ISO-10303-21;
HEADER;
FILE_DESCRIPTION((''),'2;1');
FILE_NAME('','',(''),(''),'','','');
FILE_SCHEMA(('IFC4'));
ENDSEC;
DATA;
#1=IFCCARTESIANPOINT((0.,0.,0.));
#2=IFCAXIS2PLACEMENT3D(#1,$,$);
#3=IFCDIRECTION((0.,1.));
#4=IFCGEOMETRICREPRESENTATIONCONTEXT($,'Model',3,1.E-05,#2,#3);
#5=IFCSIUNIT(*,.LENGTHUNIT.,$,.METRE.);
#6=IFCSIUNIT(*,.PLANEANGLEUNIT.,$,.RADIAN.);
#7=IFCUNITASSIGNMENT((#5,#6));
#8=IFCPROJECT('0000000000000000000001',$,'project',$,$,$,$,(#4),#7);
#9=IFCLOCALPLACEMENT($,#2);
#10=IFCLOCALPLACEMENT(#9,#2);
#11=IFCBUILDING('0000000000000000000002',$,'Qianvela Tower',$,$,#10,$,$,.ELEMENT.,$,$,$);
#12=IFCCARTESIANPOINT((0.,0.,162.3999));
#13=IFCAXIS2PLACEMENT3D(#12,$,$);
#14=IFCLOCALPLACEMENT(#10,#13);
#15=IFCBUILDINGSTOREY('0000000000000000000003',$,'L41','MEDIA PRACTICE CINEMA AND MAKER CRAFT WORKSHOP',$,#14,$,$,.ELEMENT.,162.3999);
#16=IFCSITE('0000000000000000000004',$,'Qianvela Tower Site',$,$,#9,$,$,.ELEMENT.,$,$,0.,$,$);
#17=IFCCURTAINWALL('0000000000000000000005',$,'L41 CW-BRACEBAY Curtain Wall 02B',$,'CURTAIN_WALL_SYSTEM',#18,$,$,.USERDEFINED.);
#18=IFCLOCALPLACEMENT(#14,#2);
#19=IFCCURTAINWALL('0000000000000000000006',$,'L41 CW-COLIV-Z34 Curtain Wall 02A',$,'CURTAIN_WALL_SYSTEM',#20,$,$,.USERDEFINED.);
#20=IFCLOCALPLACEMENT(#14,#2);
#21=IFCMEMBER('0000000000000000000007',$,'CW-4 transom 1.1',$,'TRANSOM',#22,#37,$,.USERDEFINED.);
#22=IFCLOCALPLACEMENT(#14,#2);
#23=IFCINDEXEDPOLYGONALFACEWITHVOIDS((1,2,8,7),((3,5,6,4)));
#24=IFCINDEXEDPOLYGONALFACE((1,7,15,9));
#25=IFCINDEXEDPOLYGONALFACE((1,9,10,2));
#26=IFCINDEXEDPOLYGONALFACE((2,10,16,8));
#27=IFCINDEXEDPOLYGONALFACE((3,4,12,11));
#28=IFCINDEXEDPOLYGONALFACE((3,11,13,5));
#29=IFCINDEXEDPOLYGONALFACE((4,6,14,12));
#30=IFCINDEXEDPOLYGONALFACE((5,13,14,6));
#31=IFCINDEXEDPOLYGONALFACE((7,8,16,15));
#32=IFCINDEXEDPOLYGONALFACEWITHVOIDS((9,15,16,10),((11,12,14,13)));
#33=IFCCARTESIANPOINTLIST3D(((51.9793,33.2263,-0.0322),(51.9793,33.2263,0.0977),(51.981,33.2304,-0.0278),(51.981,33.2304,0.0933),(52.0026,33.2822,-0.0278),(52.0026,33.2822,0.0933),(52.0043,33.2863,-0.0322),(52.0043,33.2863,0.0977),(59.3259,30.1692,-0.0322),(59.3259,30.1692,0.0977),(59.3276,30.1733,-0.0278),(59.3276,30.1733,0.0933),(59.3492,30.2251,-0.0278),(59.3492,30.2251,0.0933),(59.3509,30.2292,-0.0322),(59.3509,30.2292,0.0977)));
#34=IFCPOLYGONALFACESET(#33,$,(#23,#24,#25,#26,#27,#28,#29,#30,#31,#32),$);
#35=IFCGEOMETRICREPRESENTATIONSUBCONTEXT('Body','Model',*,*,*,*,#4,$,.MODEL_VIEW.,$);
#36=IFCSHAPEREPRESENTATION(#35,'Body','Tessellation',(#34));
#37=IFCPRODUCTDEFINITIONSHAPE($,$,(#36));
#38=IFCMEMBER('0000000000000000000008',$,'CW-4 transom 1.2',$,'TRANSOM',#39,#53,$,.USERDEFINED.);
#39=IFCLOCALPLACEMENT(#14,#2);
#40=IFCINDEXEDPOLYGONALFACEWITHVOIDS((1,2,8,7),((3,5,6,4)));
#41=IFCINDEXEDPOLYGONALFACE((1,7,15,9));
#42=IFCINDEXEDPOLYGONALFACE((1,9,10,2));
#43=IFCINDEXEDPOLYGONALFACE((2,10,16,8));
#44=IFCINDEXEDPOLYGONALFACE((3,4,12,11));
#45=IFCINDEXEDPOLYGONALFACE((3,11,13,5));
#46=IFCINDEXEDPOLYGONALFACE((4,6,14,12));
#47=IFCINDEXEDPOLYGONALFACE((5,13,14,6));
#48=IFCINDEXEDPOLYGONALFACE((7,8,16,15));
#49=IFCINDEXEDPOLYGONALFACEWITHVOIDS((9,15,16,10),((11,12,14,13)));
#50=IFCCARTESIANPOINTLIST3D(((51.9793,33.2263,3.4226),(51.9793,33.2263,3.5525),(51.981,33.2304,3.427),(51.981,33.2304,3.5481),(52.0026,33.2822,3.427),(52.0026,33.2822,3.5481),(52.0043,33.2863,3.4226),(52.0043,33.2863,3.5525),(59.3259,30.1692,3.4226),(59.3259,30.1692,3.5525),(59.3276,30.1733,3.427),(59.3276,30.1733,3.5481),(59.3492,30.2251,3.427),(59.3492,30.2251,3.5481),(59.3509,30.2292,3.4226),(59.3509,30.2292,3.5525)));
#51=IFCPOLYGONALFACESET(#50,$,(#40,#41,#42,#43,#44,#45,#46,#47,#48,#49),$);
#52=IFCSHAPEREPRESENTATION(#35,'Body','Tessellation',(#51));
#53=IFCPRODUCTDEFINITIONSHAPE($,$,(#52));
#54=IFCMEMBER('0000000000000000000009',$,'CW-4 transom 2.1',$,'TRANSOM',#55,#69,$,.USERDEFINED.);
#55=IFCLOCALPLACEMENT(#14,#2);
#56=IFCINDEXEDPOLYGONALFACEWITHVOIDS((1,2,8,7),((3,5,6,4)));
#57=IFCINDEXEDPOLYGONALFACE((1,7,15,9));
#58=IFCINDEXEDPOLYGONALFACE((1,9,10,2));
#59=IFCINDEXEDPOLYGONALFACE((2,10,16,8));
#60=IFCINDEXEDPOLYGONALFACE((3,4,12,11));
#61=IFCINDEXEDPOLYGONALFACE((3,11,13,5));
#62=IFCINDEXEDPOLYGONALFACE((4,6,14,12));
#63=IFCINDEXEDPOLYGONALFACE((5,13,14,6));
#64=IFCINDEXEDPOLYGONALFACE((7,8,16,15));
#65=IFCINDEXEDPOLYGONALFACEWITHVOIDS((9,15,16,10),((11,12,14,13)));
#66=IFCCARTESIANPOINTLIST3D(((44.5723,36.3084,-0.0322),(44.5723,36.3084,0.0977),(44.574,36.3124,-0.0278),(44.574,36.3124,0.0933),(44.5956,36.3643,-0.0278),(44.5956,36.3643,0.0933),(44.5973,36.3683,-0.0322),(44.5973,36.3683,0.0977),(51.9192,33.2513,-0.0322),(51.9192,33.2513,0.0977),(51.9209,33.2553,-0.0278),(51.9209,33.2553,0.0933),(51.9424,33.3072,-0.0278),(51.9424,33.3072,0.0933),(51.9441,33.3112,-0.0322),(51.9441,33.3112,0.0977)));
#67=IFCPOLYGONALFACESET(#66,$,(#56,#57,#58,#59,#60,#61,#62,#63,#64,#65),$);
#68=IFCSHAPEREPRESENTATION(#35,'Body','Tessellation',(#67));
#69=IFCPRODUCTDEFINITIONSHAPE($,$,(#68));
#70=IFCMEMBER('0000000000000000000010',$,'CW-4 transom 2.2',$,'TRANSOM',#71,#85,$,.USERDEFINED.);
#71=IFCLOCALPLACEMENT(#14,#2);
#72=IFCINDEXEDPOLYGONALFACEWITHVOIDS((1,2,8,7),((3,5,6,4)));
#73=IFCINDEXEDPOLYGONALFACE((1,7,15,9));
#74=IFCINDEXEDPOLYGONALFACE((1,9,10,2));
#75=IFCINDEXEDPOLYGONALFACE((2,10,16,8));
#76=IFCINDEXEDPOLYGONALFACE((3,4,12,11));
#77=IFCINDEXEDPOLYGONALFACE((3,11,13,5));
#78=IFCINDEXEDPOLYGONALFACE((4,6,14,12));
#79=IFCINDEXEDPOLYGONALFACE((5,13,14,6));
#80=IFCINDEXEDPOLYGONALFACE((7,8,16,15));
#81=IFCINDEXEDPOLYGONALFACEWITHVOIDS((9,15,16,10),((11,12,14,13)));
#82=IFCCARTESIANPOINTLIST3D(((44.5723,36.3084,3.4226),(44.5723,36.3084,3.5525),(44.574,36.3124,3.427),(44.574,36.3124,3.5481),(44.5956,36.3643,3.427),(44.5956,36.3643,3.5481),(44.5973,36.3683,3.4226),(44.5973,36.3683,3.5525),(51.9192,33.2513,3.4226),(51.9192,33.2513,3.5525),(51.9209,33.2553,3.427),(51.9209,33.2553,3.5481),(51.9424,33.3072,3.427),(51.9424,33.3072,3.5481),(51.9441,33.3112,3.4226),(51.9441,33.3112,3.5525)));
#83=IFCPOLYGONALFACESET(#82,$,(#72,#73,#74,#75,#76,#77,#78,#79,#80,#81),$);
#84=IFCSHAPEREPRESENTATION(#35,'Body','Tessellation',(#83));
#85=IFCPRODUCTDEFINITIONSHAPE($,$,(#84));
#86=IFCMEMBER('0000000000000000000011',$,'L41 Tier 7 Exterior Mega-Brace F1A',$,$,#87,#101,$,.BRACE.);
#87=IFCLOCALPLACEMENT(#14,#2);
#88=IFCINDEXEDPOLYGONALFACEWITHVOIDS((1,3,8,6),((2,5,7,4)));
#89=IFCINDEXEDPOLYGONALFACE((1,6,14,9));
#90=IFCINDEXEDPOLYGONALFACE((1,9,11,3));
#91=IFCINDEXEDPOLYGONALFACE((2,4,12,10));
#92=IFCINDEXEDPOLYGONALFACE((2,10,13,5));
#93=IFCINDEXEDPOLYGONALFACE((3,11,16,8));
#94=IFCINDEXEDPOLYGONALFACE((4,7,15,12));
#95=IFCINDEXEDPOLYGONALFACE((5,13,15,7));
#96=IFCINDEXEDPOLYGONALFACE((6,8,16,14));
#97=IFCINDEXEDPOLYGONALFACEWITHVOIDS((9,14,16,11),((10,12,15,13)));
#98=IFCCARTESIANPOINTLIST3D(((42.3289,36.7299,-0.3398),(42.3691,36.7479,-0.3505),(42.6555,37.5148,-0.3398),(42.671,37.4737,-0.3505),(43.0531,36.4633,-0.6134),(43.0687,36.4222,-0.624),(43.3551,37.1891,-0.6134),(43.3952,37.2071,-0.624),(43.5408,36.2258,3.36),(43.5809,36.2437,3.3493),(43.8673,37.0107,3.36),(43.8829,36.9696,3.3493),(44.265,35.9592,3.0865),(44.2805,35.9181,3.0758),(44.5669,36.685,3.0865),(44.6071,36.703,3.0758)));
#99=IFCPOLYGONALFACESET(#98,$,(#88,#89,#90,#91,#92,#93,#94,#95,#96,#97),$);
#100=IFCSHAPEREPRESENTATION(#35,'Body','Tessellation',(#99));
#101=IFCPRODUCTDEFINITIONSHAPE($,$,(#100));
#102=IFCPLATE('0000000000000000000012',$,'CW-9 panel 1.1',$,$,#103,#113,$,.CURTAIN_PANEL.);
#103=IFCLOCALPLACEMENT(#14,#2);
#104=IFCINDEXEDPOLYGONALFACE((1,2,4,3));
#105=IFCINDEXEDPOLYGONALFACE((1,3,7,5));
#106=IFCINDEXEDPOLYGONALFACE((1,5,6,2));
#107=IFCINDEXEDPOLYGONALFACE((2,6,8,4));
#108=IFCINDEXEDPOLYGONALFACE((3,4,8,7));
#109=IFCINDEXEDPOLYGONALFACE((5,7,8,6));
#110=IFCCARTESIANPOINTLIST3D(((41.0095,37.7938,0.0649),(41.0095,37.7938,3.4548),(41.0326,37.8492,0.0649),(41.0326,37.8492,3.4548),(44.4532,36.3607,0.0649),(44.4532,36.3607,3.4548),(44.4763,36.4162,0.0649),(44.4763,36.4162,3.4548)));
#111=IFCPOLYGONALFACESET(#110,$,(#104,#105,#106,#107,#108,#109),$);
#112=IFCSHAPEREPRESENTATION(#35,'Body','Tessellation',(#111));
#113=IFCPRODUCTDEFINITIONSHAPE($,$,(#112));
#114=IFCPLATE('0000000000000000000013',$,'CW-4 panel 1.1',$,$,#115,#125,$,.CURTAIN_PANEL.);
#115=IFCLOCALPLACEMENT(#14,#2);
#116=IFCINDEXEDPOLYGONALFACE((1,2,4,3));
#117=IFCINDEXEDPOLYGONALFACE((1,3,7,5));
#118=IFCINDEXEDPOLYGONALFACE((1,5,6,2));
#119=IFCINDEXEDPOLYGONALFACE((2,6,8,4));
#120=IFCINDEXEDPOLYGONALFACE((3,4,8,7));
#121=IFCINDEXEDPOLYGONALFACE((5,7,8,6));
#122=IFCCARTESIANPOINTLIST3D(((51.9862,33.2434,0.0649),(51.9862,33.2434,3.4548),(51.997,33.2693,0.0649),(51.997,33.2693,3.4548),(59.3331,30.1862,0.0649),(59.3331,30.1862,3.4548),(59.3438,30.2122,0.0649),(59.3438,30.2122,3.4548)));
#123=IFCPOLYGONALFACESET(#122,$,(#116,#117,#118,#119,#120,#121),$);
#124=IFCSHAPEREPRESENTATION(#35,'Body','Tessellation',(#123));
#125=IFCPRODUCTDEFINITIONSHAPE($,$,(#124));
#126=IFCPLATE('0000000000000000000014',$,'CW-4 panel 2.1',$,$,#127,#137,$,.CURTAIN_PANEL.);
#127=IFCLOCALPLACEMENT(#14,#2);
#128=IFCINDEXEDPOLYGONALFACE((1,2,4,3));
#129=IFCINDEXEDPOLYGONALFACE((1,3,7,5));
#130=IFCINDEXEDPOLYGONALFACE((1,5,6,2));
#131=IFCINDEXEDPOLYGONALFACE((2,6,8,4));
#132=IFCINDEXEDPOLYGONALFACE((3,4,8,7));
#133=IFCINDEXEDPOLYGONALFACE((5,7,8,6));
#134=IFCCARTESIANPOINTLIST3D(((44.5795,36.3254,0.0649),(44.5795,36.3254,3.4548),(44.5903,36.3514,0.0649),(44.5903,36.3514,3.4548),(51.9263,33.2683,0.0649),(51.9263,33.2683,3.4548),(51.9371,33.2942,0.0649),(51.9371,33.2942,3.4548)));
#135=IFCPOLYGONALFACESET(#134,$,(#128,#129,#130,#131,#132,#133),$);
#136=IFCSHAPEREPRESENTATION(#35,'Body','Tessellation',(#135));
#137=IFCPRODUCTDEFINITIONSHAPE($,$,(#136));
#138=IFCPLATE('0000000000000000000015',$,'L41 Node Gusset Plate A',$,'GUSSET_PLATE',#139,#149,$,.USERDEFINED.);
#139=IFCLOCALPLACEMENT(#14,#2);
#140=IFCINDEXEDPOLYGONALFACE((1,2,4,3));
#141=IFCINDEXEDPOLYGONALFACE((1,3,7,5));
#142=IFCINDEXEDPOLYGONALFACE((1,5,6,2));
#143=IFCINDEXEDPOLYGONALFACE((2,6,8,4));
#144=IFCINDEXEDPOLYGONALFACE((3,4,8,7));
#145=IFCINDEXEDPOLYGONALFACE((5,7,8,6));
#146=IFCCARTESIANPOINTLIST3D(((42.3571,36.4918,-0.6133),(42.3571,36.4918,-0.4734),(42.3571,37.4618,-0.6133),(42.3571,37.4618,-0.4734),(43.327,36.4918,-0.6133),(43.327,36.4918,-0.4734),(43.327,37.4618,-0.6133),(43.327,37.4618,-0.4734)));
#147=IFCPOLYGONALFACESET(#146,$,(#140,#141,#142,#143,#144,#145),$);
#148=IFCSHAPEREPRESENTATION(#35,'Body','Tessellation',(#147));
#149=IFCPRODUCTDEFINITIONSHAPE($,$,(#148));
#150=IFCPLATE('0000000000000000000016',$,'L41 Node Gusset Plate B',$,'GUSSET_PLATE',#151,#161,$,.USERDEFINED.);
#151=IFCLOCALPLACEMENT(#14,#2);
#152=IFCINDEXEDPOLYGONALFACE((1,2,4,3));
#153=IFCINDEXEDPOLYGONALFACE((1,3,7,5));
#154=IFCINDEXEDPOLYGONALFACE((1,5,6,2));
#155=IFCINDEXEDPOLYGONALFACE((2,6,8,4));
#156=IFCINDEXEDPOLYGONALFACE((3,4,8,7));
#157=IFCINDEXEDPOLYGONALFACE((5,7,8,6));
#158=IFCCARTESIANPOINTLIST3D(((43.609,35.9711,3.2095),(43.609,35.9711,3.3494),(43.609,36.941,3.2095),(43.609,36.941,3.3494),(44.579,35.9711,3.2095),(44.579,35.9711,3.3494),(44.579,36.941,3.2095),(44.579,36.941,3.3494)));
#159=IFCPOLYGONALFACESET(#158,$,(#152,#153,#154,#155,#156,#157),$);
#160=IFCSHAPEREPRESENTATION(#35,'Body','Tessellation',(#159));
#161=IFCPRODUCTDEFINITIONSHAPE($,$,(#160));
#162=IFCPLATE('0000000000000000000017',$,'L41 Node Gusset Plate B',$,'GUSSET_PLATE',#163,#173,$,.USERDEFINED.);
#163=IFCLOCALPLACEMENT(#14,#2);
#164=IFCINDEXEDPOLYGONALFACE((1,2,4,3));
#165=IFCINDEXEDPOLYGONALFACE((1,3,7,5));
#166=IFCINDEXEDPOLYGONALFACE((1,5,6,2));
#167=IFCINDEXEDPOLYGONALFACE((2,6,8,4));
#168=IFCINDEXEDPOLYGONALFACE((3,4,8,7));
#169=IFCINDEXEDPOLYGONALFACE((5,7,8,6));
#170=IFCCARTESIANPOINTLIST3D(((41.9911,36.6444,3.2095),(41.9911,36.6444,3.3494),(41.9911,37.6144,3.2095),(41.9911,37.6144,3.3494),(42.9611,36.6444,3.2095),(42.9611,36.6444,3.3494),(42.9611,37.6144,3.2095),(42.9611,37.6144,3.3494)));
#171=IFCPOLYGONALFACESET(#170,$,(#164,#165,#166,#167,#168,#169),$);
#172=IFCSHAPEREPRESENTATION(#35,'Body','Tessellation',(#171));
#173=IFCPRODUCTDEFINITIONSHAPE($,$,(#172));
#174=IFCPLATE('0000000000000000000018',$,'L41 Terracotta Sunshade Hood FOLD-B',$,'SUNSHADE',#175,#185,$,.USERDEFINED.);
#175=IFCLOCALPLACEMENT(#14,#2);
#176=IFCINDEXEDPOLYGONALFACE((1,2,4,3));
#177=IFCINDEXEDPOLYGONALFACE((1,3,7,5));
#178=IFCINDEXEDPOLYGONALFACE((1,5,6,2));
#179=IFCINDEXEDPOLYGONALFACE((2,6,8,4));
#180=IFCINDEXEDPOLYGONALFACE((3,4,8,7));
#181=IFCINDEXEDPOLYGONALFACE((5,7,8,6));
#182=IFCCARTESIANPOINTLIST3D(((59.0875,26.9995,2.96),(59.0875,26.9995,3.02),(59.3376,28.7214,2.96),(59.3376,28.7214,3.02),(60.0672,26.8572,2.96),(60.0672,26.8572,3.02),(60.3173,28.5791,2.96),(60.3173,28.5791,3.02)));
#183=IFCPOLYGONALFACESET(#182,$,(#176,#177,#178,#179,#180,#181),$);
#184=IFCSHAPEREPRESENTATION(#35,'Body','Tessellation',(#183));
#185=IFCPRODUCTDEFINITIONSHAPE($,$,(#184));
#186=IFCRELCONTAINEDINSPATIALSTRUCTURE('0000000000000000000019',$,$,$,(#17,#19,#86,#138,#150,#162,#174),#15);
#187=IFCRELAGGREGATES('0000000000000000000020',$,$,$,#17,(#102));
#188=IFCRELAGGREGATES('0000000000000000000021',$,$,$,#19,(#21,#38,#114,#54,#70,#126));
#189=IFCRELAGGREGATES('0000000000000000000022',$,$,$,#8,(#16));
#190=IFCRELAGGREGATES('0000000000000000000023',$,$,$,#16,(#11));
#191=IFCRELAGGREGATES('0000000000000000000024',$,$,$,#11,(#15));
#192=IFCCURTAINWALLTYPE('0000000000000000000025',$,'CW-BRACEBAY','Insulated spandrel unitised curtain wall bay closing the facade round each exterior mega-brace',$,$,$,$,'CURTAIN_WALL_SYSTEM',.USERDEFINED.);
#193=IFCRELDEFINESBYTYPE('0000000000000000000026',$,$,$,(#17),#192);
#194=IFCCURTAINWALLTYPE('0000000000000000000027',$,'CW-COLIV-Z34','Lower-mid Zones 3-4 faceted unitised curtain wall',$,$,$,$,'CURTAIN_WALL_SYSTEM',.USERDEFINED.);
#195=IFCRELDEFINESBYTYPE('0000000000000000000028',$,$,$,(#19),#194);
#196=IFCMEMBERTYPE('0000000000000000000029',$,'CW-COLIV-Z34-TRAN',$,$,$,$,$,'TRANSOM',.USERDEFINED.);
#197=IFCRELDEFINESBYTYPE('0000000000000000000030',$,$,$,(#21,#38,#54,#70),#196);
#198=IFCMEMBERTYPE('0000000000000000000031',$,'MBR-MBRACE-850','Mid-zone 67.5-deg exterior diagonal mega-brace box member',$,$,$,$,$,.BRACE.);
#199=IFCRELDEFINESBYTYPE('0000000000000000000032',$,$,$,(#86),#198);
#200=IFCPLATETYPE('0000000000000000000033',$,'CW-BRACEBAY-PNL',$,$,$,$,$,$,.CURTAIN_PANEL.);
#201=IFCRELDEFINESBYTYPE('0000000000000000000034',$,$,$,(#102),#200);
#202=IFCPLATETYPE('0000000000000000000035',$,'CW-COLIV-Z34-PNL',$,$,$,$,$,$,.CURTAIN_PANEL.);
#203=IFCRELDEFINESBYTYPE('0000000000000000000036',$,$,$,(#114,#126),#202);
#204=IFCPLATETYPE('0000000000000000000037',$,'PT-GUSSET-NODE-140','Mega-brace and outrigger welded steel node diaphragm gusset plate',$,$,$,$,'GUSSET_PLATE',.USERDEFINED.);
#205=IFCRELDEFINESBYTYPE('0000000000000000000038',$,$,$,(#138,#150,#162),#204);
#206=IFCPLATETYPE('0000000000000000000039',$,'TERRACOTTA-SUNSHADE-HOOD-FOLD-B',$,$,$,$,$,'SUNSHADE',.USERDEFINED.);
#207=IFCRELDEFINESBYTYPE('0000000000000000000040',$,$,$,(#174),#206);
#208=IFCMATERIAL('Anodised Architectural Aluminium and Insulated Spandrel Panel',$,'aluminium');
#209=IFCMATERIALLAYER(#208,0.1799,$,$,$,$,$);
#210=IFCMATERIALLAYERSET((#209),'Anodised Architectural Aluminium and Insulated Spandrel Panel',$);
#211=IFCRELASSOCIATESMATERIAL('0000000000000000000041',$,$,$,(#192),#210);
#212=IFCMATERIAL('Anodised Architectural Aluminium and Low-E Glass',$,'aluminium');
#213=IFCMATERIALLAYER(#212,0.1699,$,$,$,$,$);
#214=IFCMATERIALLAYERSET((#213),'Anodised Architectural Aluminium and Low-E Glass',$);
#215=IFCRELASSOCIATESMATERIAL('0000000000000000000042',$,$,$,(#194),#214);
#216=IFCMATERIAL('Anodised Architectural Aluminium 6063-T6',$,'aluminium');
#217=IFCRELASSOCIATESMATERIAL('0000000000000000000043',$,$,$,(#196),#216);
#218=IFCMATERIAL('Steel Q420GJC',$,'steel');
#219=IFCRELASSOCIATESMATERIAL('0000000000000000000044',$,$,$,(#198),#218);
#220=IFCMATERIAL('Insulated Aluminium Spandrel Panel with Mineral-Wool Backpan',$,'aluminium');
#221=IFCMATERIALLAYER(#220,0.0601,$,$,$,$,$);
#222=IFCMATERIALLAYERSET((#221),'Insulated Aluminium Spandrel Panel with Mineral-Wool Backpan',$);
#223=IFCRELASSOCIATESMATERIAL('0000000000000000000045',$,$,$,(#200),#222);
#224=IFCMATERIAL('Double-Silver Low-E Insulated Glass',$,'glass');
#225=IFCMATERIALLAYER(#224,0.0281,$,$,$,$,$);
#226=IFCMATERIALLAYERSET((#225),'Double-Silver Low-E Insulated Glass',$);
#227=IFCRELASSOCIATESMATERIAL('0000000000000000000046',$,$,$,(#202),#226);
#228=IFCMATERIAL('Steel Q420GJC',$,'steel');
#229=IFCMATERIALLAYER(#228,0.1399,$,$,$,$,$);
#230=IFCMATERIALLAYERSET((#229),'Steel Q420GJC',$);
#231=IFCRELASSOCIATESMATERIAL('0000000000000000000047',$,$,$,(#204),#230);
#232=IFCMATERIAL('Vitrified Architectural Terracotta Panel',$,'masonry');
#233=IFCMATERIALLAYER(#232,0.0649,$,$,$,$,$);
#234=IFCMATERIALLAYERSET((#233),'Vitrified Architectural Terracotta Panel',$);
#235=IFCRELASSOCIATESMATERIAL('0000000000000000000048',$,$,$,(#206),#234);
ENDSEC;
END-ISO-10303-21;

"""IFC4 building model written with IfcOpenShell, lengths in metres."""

from ifc_helpers import new_model, si_unit, direction, frame, origin, origin_2d, place, context, subcontext, project, spatial, rectangle, hollow_rectangle, extrude, material, layer, layer_set, material_profile, profile_set, type_object, element, aggregate, save


model = new_model("IFC4")

# Units and contexts
model_context = context("Model", 3, precision=1e-05, world=origin(), true_north=direction((0.0, 1.0)))
body_context = subcontext(model_context, "Body", "Model", "MODEL_VIEW")
ifc_project = project(units=[si_unit("LENGTHUNIT", "METRE"), si_unit("PLANEANGLEUNIT", "RADIAN")], contexts=[model_context])

# Site, building, storey
site_placement = place(None, origin())
site = spatial("IfcSite", under=ifc_project, at=site_placement, Name="Qianvela Tower Site", CompositionType="ELEMENT", RefElevation=0.0)
building_placement = place(site_placement, origin())
building = spatial("IfcBuilding", under=site, at=building_placement, Name="Qianvela Tower", CompositionType="ELEMENT")
storey_placement = place(building_placement, frame((0.0, 0.0, 162.3999)))
storey = spatial("IfcBuildingStorey", under=building, at=storey_placement, Name="L41", Description="MEDIA PRACTICE CINEMA AND MAKER CRAFT WORKSHOP", CompositionType="ELEMENT", Elevation=162.3999)

# Curtain walls, members
ifc_material_1 = material(Name="Anodised Architectural Aluminium and Insulated Spandrel Panel", Category="aluminium")
ifc_layer_1 = layer(ifc_material_1, 0.1799)
ifc_layer_set_1 = layer_set([ifc_layer_1], Name="Anodised Architectural Aluminium and Insulated Spandrel Panel")
curtain_wall_type_1 = type_object("IfcCurtainWallType", Name="CW-BRACEBAY", Description="Insulated spandrel unitised curtain wall bay closing the facade round each exterior mega-brace", ElementType="CURTAIN_WALL_SYSTEM", PredefinedType="USERDEFINED", material=ifc_layer_set_1)
curtain_wall_1_placement = place(storey_placement, origin())
curtain_wall_1 = element("IfcCurtainWall", 1, at=curtain_wall_1_placement, inside=storey, type_object=curtain_wall_type_1, Name="L41 CW-BRACEBAY Curtain Wall 02B", ObjectType="CURTAIN_WALL_SYSTEM", PredefinedType="USERDEFINED")
ifc_material_2 = material(Name="Anodised Architectural Aluminium and Low-E Glass", Category="aluminium")
ifc_layer_2 = layer(ifc_material_2, 0.1699)
ifc_layer_set_2 = layer_set([ifc_layer_2], Name="Anodised Architectural Aluminium and Low-E Glass")
curtain_wall_type_2 = type_object("IfcCurtainWallType", Name="CW-COLIV-Z34", Description="Lower-mid Zones 3-4 faceted unitised curtain wall", ElementType="CURTAIN_WALL_SYSTEM", PredefinedType="USERDEFINED", material=ifc_layer_set_2)
curtain_wall_2_placement = place(storey_placement, origin())
curtain_wall_2 = element("IfcCurtainWall", 2, at=curtain_wall_2_placement, inside=storey, type_object=curtain_wall_type_2, Name="L41 CW-COLIV-Z34 Curtain Wall 02A", ObjectType="CURTAIN_WALL_SYSTEM", PredefinedType="USERDEFINED")
ifc_material_3 = material(Name="Anodised Architectural Aluminium 6063-T6", Category="aluminium")
ifc_material_profile_1 = material_profile(ifc_material_3, hollow_rectangle(XDim=0.0649, YDim=0.1299, WallThickness=0.0044, at=origin_2d()), Name="ALU-TRAN-65x130")
ifc_profile_set_1 = profile_set([ifc_material_profile_1], Name="Anodised Architectural Aluminium 6063-T6")
member_type_1 = type_object("IfcMemberType", Name="CW-COLIV-Z34-TRAN", ElementType="TRANSOM", PredefinedType="USERDEFINED", material=ifc_profile_set_1)
member_1_placement = place(storey_placement, frame((59.3384, 30.1992, 0.0327), z_axis=(-0.923255, 0.384188, 0.0), x_axis=(-0.384188, -0.923255, 0.0)))
member_1 = element("IfcMember", 3, at=member_1_placement, type_object=member_type_1, Name="CW-4 transom 1.1", ObjectType="TRANSOM", PredefinedType="USERDEFINED", context=body_context, shape_type="SweptSolid", body=[
    extrude(hollow_rectangle(XDim=0.0649, YDim=0.1299, WallThickness=0.0044, at=origin_2d()), origin(), (0.0, 0.0, 1.0), 7.9573),
])
member_2_placement = place(storey_placement, frame((59.3384, 30.1992, 3.4875), z_axis=(-0.923255, 0.384188, 0.0), x_axis=(-0.384188, -0.923255, 0.0)))
member_2 = element("IfcMember", 4, at=member_2_placement, type_object=member_type_1, Name="CW-4 transom 1.2", ObjectType="TRANSOM", PredefinedType="USERDEFINED", context=body_context, shape_type="SweptSolid", body=[
    extrude(hollow_rectangle(XDim=0.0649, YDim=0.1299, WallThickness=0.0044, at=origin_2d()), origin(), (0.0, 0.0, 1.0), 7.9573),
])
member_3_placement = place(storey_placement, frame((51.9316, 33.2812, 0.0327), z_axis=(-0.923259, 0.384177, 0.0), x_axis=(-0.384177, -0.923259, 0.0)))
member_3 = element("IfcMember", 5, at=member_3_placement, type_object=member_type_1, Name="CW-4 transom 2.1", ObjectType="TRANSOM", PredefinedType="USERDEFINED", context=body_context, shape_type="SweptSolid", body=[
    extrude(hollow_rectangle(XDim=0.0649, YDim=0.1299, WallThickness=0.0044, at=origin_2d()), origin(), (0.0, 0.0, 1.0), 7.9575),
])
member_4_placement = place(storey_placement, frame((51.9316, 33.2812, 3.4875), z_axis=(-0.923259, 0.384177, 0.0), x_axis=(-0.384177, -0.923259, 0.0)))
member_4 = element("IfcMember", 6, at=member_4_placement, type_object=member_type_1, Name="CW-4 transom 2.2", ObjectType="TRANSOM", PredefinedType="USERDEFINED", context=body_context, shape_type="SweptSolid", body=[
    extrude(hollow_rectangle(XDim=0.0649, YDim=0.1299, WallThickness=0.0044, at=origin_2d()), origin(), (0.0, 0.0, 1.0), 7.9575),
])

# Member
ifc_material_4 = material(Name="Steel Q420GJC", Category="steel")
ifc_material_profile_2 = material_profile(ifc_material_4, hollow_rectangle(XDim=0.8501, YDim=0.8501, WallThickness=0.032, at=origin_2d()), Name="MBOX-850x850x32")
ifc_profile_set_2 = profile_set([ifc_material_profile_2], Name="Steel Q420GJC")
member_type_2 = type_object("IfcMemberType", Name="MBR-MBRACE-850", Description="Mid-zone 67.5-deg exterior diagonal mega-brace box member", PredefinedType="BRACE", material=ifc_profile_set_2)
member_5_placement = place(storey_placement, frame((42.8621, 36.9685, -0.4819), z_axis=(0.308699, -0.128417, 0.942451), x_axis=(0.384087, 0.923297, 0.0)))
element("IfcMember", 7, at=member_5_placement, inside=storey, type_object=member_type_2, Name="L41 Tier 7 Exterior Mega-Brace F1A", PredefinedType="BRACE", context=body_context, shape_type="SweptSolid", body=[
    extrude(hollow_rectangle(XDim=0.8501, YDim=0.8501, WallThickness=0.032, at=origin_2d()), origin(), (0.0, 0.0, 1.0), 3.9258),
])

# Plates
ifc_material_5 = material(Name="Insulated Aluminium Spandrel Panel with Mineral-Wool Backpan", Category="aluminium")
ifc_layer_3 = layer(ifc_material_5, 0.0601)
ifc_layer_set_3 = layer_set([ifc_layer_3], Name="Insulated Aluminium Spandrel Panel with Mineral-Wool Backpan")
plate_type_1 = type_object("IfcPlateType", Name="CW-BRACEBAY-PNL", PredefinedType="CURTAIN_PANEL", material=ifc_layer_set_3)
plate_1_placement = place(storey_placement, frame((42.7429, 37.105, 0.0649), z_axis=(0.0, 0.0, 1.0), x_axis=(-0.923253, 0.384192, 0.0)))
plate_1 = element("IfcPlate", 8, at=plate_1_placement, type_object=plate_type_1, Name="CW-9 panel 1.1", PredefinedType="CURTAIN_PANEL", context=body_context, shape_type="SweptSolid", body=[
    extrude(rectangle(XDim=3.73, YDim=0.0601, at=origin_2d()), origin(), (0.0, 0.0, 1.0), 3.3899),
])
aggregate(curtain_wall_1, [plate_1])
ifc_material_6 = material(Name="Double-Silver Low-E Insulated Glass", Category="glass")
ifc_layer_4 = layer(ifc_material_6, 0.0281)
ifc_layer_set_4 = layer_set([ifc_layer_4], Name="Double-Silver Low-E Insulated Glass")
plate_type_2 = type_object("IfcPlateType", Name="CW-COLIV-Z34-PNL", PredefinedType="CURTAIN_PANEL", material=ifc_layer_set_4)
plate_2_placement = place(storey_placement, frame((55.665, 31.7278, 0.0649), z_axis=(0.0, 0.0, 1.0), x_axis=(-0.923256, 0.384185, 0.0)))
plate_2 = element("IfcPlate", 9, at=plate_2_placement, type_object=plate_type_2, Name="CW-4 panel 1.1", PredefinedType="CURTAIN_PANEL", context=body_context, shape_type="SweptSolid", body=[
    extrude(rectangle(XDim=7.9575, YDim=0.0281, at=origin_2d()), origin(), (0.0, 0.0, 1.0), 3.3899),
])
plate_3_placement = place(storey_placement, frame((48.2583, 34.8098, 0.0649), z_axis=(0.0, 0.0, 1.0), x_axis=(-0.923256, 0.384185, 0.0)))
plate_3 = element("IfcPlate", 10, at=plate_3_placement, type_object=plate_type_2, Name="CW-4 panel 2.1", PredefinedType="CURTAIN_PANEL", context=body_context, shape_type="SweptSolid", body=[
    extrude(rectangle(XDim=7.9575, YDim=0.0281, at=origin_2d()), origin(), (0.0, 0.0, 1.0), 3.3899),
])
aggregate(curtain_wall_2, [member_1, member_2, plate_2, member_3, member_4, plate_3])

# Plates
ifc_material_7 = material(Name="Steel Q420GJC", Category="steel")
ifc_layer_5 = layer(ifc_material_7, 0.1399)
ifc_layer_set_5 = layer_set([ifc_layer_5], Name="Steel Q420GJC")
plate_type_3 = type_object("IfcPlateType", Name="PT-GUSSET-NODE-140", Description="Mega-brace and outrigger welded steel node diaphragm gusset plate", ElementType="GUSSET_PLATE", PredefinedType="USERDEFINED", material=ifc_layer_set_5)
for number, where, z_axis, x_axis, name in (
    (11, (42.842, 36.9768, -0.6133), (0.0, 0.0, 1.0), (1.0, 0.0, 0.0), "L41 Node Gusset Plate A"),
    (12, (44.094, 36.4561, 3.2095), (0.0, 0.0, 1.0), (1.0, 0.0, 0.0), "L41 Node Gusset Plate B"),
    (13, (42.4761, 37.1294, 3.2095), (0.0, 0.0, 1.0), (1.0, 0.0, 0.0), "L41 Node Gusset Plate B"),
):
    element("IfcPlate", number, at=place(storey_placement, frame(where, z_axis=z_axis, x_axis=x_axis)), inside=storey, type_object=plate_type_3, Name=name, ObjectType="GUSSET_PLATE", PredefinedType="USERDEFINED", context=body_context, shape_type="SweptSolid", body=[
        extrude(rectangle(XDim=0.97, YDim=0.97, at=origin_2d()), origin(), (0.0, 0.0, 1.0), 0.1399),
    ])
ifc_material_8 = material(Name="Vitrified Architectural Terracotta Panel", Category="masonry")
ifc_layer_6 = layer(ifc_material_8, 0.0649)
ifc_layer_set_6 = layer_set([ifc_layer_6], Name="Vitrified Architectural Terracotta Panel")
plate_type_4 = type_object("IfcPlateType", Name="TERRACOTTA-SUNSHADE-HOOD-FOLD-B", ElementType="SUNSHADE", PredefinedType="USERDEFINED", material=ifc_layer_set_6)
plate_4_placement = place(storey_placement, frame((59.7024, 27.7893, 2.96), z_axis=(0.0, 0.0, 1.0), x_axis=(0.143729, 0.989617, 0.0)))
element("IfcPlate", 14, at=plate_4_placement, inside=storey, type_object=plate_type_4, Name="L41 Terracotta Sunshade Hood FOLD-B", ObjectType="SUNSHADE", PredefinedType="USERDEFINED", context=body_context, shape_type="SweptSolid", body=[
    extrude(rectangle(XDim=1.74, YDim=0.99, at=origin_2d()), origin(), (0.0, 0.0, 1.0), 0.0601),
])

save(model, "model.ifc")
